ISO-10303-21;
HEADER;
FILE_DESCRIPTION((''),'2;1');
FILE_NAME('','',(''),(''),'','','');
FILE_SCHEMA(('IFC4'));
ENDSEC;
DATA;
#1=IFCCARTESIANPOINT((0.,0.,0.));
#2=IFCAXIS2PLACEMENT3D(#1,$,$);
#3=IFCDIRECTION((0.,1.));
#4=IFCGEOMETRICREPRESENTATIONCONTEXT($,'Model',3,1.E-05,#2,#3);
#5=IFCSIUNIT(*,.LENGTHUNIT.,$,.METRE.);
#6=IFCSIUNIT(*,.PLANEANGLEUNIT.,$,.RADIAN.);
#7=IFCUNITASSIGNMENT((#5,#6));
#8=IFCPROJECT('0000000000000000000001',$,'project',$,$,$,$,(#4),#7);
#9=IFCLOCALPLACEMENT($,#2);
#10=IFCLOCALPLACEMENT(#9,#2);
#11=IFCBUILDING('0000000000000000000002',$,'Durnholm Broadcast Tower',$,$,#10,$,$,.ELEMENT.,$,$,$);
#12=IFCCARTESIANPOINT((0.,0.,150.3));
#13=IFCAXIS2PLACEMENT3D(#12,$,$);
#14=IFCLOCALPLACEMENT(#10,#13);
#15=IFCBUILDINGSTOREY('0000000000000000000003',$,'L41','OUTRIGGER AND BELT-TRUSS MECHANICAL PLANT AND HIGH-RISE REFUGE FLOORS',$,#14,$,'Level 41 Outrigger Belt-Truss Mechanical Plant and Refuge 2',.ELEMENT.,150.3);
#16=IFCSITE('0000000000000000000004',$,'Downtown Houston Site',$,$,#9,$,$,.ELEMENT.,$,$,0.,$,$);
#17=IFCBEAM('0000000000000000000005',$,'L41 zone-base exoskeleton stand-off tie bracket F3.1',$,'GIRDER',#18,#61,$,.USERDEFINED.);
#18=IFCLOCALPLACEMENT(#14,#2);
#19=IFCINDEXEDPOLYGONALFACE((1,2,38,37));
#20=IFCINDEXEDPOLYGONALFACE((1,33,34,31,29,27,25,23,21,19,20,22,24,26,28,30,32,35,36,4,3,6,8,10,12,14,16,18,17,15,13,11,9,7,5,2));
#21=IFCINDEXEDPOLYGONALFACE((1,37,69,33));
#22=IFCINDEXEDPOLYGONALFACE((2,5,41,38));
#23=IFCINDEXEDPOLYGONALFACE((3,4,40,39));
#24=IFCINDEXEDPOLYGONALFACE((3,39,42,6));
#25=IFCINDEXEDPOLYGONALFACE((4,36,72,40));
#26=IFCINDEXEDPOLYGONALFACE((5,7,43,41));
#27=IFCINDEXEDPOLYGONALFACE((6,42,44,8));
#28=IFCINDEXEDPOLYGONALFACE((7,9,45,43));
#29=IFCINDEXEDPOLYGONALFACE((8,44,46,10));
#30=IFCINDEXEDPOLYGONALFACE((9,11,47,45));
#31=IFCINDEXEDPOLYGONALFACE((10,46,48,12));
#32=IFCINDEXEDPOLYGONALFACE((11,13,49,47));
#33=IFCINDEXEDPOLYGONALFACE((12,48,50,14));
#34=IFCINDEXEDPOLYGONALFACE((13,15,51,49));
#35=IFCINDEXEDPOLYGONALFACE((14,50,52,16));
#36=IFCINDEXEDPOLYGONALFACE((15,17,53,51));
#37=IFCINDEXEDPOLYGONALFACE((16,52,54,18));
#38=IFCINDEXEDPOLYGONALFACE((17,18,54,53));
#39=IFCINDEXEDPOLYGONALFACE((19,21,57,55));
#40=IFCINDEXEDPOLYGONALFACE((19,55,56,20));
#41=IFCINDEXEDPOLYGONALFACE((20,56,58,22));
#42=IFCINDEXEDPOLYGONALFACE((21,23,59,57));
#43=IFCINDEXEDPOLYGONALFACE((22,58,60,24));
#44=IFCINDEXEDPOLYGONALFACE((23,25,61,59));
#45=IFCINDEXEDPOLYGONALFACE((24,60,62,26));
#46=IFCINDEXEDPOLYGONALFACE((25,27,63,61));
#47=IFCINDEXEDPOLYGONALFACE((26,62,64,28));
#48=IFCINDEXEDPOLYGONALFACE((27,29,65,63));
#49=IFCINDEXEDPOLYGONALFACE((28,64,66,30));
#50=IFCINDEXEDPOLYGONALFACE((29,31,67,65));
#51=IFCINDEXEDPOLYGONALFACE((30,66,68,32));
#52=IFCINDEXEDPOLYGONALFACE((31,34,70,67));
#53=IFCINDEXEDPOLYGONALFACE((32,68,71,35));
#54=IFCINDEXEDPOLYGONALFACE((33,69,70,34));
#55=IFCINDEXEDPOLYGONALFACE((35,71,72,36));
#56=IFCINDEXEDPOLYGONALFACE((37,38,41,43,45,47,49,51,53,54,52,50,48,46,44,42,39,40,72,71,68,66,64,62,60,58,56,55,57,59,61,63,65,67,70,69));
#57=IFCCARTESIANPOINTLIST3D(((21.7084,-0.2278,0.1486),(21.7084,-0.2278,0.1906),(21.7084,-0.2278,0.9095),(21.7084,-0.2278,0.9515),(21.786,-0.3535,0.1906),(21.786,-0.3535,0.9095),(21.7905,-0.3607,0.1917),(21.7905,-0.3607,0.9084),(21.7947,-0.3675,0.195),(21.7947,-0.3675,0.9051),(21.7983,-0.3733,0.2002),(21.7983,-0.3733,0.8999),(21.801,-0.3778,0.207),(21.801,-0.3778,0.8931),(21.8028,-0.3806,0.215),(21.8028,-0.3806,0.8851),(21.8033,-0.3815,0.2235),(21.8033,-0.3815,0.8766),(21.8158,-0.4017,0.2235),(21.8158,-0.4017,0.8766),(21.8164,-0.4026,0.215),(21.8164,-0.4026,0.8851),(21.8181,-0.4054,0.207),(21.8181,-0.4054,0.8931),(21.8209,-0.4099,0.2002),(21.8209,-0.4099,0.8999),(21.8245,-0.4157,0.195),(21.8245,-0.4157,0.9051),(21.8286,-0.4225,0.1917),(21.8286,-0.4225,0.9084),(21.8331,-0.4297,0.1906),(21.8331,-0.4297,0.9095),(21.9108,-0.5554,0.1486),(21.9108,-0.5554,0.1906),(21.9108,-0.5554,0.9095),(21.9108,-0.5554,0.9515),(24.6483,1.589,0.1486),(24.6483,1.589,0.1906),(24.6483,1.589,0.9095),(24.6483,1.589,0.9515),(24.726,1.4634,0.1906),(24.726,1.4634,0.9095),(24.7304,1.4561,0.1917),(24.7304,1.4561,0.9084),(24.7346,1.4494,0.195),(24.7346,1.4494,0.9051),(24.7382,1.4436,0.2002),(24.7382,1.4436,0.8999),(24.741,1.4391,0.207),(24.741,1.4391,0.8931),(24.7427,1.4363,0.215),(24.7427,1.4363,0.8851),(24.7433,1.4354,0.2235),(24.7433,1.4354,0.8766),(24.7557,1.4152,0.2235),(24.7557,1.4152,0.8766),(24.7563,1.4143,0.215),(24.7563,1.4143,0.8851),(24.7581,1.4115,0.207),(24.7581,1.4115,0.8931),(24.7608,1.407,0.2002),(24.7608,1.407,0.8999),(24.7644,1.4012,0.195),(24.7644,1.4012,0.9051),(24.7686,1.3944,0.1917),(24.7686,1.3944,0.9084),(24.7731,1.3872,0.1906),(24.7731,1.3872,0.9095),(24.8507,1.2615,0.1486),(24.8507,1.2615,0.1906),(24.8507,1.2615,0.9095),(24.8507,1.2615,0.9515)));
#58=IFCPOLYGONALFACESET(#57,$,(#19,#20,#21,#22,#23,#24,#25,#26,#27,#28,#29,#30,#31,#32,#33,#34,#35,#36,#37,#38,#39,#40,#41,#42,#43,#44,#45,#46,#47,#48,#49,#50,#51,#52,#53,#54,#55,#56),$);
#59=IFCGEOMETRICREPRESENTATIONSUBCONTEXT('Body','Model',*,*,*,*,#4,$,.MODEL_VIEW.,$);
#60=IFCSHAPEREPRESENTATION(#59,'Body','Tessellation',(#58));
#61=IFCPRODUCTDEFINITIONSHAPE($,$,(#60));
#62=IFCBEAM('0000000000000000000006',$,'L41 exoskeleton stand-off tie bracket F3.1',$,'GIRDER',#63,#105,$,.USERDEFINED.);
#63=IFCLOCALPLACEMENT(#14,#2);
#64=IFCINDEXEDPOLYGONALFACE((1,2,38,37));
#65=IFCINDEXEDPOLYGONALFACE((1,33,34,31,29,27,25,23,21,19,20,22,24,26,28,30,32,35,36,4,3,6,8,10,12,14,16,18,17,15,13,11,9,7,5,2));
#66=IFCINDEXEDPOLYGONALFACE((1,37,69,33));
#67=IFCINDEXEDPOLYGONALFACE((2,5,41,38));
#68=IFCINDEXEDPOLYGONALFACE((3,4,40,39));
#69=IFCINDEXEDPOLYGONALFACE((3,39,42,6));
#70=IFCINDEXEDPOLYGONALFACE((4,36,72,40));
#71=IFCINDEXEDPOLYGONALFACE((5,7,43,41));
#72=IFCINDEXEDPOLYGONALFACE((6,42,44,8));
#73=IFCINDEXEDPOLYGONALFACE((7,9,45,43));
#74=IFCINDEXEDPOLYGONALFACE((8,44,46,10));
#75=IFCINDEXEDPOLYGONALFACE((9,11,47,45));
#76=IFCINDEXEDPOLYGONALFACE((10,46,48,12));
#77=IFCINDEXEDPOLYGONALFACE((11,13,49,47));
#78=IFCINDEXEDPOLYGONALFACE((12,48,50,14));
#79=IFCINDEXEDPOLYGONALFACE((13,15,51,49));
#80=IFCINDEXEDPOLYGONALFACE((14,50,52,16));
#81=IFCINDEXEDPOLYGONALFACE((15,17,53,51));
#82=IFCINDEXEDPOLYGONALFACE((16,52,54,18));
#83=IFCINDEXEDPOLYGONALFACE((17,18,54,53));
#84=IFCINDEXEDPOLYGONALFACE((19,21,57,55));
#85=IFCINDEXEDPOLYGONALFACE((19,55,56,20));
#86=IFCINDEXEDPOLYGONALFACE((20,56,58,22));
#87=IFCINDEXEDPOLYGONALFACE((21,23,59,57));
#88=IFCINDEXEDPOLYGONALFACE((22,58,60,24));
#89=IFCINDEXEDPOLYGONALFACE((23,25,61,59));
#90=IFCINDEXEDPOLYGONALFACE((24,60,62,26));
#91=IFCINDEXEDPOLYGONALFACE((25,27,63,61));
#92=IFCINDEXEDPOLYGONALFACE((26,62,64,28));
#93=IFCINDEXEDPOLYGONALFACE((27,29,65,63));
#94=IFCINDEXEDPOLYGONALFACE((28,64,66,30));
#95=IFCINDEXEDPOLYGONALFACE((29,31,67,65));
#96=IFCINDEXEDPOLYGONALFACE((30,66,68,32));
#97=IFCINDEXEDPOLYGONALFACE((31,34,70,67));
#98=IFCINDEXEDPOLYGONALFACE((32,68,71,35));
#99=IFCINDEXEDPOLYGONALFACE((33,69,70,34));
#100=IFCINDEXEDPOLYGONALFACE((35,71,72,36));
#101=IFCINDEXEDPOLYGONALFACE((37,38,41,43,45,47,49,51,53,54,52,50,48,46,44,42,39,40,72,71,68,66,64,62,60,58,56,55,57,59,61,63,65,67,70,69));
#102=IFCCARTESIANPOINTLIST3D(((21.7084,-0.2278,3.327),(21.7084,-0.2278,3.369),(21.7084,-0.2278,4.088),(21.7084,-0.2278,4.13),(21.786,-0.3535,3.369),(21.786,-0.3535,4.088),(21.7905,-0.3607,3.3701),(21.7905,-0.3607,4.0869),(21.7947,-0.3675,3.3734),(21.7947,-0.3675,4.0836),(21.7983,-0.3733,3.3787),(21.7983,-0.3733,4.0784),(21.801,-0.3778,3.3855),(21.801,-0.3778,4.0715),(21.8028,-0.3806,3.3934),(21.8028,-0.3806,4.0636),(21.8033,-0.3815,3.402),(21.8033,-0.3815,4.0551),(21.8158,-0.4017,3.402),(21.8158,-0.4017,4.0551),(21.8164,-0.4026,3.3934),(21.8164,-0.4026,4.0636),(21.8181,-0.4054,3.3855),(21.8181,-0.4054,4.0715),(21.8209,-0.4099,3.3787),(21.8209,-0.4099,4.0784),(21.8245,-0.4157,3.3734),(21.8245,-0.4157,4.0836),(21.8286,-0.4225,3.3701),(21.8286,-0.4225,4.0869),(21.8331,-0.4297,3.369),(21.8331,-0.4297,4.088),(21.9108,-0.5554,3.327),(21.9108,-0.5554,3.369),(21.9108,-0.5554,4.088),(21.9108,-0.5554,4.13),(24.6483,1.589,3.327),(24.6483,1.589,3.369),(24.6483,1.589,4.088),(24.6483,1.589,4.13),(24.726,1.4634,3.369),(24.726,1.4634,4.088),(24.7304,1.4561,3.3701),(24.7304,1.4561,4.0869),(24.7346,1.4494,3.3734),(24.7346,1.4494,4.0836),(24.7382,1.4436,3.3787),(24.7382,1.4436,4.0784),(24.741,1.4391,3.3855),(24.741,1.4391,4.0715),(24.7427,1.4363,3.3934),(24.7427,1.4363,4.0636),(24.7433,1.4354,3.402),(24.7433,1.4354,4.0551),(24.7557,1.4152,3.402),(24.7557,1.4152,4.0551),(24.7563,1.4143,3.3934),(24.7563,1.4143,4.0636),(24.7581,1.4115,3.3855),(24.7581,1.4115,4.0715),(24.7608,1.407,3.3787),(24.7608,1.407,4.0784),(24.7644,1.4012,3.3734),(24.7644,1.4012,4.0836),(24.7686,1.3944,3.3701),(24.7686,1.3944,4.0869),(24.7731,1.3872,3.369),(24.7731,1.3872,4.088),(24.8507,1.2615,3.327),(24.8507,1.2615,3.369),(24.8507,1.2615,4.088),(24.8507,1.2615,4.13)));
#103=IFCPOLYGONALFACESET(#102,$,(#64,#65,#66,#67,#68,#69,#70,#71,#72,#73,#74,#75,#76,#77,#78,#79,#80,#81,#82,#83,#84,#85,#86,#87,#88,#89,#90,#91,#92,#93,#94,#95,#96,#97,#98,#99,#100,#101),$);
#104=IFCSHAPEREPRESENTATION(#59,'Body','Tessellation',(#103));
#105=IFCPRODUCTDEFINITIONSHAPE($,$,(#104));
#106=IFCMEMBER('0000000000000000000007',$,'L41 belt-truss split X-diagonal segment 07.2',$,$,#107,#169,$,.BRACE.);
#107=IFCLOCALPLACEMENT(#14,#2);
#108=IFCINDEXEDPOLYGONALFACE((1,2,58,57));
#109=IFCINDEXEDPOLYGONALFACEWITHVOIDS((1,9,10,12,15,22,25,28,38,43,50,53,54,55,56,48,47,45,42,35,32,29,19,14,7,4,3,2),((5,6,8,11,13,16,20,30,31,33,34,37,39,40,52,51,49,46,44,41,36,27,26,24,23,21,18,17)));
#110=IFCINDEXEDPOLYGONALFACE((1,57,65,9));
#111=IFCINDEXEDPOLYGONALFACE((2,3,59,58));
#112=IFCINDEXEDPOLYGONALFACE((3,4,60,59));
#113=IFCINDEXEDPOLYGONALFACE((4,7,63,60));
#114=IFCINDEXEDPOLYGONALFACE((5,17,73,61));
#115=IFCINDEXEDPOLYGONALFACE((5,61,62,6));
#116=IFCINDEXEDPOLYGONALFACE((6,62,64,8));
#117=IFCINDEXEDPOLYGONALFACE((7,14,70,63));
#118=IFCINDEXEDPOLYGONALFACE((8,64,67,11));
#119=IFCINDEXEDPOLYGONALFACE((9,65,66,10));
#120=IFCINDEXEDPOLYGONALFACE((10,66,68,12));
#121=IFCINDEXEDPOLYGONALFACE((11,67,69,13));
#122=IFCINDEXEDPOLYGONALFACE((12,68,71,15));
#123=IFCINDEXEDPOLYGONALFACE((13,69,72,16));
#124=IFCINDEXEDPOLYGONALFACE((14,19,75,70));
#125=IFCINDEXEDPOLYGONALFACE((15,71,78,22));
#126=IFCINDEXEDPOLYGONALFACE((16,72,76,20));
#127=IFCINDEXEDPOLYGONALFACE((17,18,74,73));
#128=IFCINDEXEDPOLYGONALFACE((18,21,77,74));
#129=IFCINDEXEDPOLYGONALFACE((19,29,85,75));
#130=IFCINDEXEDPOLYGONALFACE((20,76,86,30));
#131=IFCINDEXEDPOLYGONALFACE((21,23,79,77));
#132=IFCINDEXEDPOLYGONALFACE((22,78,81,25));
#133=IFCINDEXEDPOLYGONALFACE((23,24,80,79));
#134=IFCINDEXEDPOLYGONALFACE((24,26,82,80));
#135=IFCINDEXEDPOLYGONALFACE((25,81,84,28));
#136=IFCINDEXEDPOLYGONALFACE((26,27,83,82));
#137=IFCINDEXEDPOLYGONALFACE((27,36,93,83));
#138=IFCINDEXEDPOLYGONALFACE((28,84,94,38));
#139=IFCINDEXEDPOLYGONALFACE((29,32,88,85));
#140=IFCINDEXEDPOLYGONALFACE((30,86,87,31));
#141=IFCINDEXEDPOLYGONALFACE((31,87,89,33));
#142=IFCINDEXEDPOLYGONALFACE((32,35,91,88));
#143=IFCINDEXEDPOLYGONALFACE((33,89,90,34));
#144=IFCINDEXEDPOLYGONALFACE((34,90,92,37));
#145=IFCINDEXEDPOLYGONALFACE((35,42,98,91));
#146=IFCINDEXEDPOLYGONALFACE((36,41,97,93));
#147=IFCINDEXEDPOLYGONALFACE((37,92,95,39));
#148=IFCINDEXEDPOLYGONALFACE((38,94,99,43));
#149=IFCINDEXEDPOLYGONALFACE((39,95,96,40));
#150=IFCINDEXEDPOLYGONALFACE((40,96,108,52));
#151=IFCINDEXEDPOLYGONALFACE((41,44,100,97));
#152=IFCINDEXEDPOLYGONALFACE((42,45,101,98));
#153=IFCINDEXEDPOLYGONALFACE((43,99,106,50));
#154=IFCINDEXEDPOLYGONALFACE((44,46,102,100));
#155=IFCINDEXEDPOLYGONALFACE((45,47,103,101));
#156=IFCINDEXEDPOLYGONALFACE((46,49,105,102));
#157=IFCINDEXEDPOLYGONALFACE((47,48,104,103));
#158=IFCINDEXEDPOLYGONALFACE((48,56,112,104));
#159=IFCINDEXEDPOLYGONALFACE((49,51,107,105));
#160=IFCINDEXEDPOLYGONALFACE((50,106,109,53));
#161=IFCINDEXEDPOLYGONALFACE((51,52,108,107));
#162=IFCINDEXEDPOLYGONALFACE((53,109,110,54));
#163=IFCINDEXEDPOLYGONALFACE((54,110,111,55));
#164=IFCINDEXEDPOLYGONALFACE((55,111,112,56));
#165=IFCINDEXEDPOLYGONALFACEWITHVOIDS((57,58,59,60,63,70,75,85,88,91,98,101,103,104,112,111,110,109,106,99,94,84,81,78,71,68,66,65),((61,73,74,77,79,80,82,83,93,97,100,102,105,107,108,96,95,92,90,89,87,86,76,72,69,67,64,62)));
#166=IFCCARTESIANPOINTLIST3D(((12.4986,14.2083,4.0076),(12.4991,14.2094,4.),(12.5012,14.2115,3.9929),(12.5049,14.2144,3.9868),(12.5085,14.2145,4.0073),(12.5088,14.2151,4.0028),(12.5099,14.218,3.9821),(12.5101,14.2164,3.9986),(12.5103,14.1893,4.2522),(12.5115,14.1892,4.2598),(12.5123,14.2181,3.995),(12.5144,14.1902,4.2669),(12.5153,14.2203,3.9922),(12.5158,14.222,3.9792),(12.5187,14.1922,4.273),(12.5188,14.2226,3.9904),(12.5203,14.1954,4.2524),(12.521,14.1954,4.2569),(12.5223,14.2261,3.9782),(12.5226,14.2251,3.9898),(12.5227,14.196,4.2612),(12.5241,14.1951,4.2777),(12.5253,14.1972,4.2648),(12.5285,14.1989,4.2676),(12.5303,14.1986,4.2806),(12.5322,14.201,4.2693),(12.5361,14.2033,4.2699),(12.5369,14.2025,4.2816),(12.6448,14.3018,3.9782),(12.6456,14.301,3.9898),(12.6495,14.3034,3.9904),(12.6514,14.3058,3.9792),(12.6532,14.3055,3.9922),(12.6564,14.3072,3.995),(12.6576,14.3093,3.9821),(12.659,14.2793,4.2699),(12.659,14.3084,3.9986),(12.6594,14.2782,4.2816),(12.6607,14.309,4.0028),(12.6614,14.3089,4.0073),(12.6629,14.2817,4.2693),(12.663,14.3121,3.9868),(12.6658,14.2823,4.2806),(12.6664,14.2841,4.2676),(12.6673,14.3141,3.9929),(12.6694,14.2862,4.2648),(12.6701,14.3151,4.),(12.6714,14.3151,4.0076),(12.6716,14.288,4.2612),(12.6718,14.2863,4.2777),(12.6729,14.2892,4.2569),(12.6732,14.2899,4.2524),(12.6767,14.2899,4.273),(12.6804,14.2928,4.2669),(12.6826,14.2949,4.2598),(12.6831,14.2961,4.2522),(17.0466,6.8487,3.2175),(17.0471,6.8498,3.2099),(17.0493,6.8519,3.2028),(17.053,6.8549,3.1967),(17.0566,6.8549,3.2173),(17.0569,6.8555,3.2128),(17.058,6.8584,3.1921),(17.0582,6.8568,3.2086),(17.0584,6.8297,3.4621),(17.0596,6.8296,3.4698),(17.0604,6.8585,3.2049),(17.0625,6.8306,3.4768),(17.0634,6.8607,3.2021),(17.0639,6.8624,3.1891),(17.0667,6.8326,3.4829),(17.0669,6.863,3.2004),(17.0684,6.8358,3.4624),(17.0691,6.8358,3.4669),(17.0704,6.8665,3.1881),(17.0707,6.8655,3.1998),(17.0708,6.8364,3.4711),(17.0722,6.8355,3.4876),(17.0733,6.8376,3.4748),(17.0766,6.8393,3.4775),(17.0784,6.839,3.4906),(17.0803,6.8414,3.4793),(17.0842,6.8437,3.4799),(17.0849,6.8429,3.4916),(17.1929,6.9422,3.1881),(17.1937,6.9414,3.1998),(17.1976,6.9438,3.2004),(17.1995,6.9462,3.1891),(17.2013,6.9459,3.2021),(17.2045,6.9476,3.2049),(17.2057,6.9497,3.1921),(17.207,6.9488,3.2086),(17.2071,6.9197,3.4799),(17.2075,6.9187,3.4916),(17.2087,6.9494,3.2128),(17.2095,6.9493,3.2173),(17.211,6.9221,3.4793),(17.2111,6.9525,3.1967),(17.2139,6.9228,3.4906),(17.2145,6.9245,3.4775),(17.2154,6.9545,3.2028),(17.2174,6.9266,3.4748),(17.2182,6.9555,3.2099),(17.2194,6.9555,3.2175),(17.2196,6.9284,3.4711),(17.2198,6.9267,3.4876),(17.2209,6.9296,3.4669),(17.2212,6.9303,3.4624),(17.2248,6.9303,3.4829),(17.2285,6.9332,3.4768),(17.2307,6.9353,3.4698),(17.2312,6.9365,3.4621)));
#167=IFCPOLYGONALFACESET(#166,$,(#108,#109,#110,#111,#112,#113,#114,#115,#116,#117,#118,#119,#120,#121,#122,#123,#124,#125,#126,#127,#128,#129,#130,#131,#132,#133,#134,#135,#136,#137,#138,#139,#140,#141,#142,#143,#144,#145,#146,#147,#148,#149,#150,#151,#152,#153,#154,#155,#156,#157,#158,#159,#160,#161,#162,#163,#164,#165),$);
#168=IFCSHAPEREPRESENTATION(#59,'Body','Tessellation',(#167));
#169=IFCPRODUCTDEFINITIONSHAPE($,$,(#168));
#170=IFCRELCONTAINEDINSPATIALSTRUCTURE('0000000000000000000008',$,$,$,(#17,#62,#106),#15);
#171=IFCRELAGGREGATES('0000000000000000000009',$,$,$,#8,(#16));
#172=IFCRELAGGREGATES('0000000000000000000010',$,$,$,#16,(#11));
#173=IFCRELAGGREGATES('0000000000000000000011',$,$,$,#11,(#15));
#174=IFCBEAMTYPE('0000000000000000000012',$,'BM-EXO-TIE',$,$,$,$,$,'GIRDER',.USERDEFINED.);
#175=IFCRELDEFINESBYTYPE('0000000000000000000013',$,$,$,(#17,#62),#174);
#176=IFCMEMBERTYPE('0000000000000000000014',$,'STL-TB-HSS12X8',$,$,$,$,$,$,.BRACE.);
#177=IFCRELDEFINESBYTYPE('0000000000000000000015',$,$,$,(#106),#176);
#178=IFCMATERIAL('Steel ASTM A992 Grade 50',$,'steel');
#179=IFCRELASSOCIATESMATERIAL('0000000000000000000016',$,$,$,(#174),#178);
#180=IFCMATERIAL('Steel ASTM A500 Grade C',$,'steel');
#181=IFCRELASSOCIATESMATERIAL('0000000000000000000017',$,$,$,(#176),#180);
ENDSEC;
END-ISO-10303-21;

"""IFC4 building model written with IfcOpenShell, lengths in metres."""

from ifc_helpers import new_model, si_unit, direction, frame, origin, origin_2d, place, context, subcontext, project, spatial, hollow_rectangle, i_section, extrude, source, transform, mapped, material, material_profile, profile_set, type_object, type_shapes, element, save


model = new_model("IFC4")

# Units and contexts
model_context = context("Model", 3, precision=1e-05, world=origin(), true_north=direction((0.0, 1.0)))
body_context = subcontext(model_context, "Body", "Model", "MODEL_VIEW")
ifc_project = project(units=[si_unit("LENGTHUNIT", "METRE"), si_unit("PLANEANGLEUNIT", "RADIAN")], contexts=[model_context])

# Site, building, storey
site_placement = place(None, origin())
site = spatial("IfcSite", under=ifc_project, at=site_placement, Name="Downtown Houston Site", CompositionType="ELEMENT", RefElevation=0.0)
building_placement = place(site_placement, origin())
building = spatial("IfcBuilding", under=site, at=building_placement, Name="Durnholm Broadcast Tower", CompositionType="ELEMENT")
storey_placement = place(building_placement, frame((0.0, 0.0, 150.3)))
storey = spatial("IfcBuildingStorey", under=building, at=storey_placement, Name="L41", Description="OUTRIGGER AND BELT-TRUSS MECHANICAL PLANT AND HIGH-RISE REFUGE FLOORS", LongName="Level 41 Outrigger Belt-Truss Mechanical Plant and Refuge 2", CompositionType="ELEMENT", Elevation=150.3)

# Beams
ifc_material_1 = material(Name="Steel ASTM A992 Grade 50", Category="steel")
ifc_material_profile_1 = material_profile(ifc_material_1, i_section(OverallWidth=0.385, OverallDepth=0.803, WebThickness=0.0237, FlangeThickness=0.042, FilletRadius=0.033, at=origin_2d()), Name="W30X261")
ifc_profile_set_1 = profile_set([ifc_material_profile_1], Name="Steel ASTM A992 Grade 50")
beam_type = type_object("IfcBeamType", Name="BM-EXO-TIE", ElementType="GIRDER", PredefinedType="USERDEFINED", material=ifc_profile_set_1)
shared_shape_1 = source(origin(), body_context, "Body", "SweptSolid", [
    extrude(i_section(OverallWidth=0.385, OverallDepth=0.803, WebThickness=0.0237, FlangeThickness=0.042, FilletRadius=0.033, at=origin_2d()), origin(), (0.0, 0.0, 1.0), 3.4561),
])
for number, where, z_axis, x_axis, name in (
    (1, (21.8096, -0.3916, 0.55), (0.850662, 0.525712, 0.0), (-0.525712, 0.850662, 0.0), "L41 zone-base exoskeleton stand-off tie bracket F3.1"),
    (2, (21.8096, -0.3916, 3.7285), (0.850662, 0.525712, 0.0), (-0.525712, 0.850662, 0.0), "L41 exoskeleton stand-off tie bracket F3.1"),
):
    element("IfcBeam", number, at=place(storey_placement, frame(where, z_axis=z_axis, x_axis=x_axis)), inside=storey, type_object=beam_type, Name=name, ObjectType="GIRDER", PredefinedType="USERDEFINED", context=body_context, shape_type="MappedRepresentation", body=[
        mapped(shared_shape_1, transform((0.0, 0.0, 0.0), x_axis=(1.0, 0.0, 0.0), y_axis=(0.0, 1.0, 0.0), z_axis=(0.0, 0.0, 1.0), scale=1.0)),
    ])

# Member
ifc_material_2 = material(Name="Steel ASTM A500 Grade C", Category="steel")
ifc_material_profile_2 = material_profile(ifc_material_2, hollow_rectangle(XDim=0.2031, YDim=0.3047, WallThickness=0.0117, InnerFilletRadius=0.0176, OuterFilletRadius=0.0295, at=origin_2d()), Name="HSS12X8X1/2")
ifc_profile_set_2 = profile_set([ifc_material_profile_2], Name="Steel ASTM A500 Grade C")
member_type_1 = type_object("IfcMemberType", Name="STL-TB-HSS12X8", PredefinedType="BRACE", material=ifc_profile_set_2)
shared_shape_2 = source(origin(), body_context, "Body", "SweptSolid", [
    extrude(hollow_rectangle(XDim=0.2031, YDim=0.3047, WallThickness=0.0117, InnerFilletRadius=0.0176, OuterFilletRadius=0.0295, at=origin_2d()), origin(), (0.0, 0.0, 1.0), 8.6875),
])
type_shapes(member_type_1, [shared_shape_2])
member_1_placement = place(storey_placement, frame((17.1389, 6.8926, 3.3398), z_axis=(-0.523519, 0.847147, 0.090939), x_axis=(-0.850671, -0.525698, 0.0)))
element("IfcMember", 3, at=member_1_placement, inside=storey, type_object=member_type_1, Name="L41 belt-truss split X-diagonal segment 07.2", PredefinedType="BRACE", context=body_context, shape_type="MappedRepresentation", body=[
    mapped(shared_shape_2, transform((0.0, 0.0, 0.0), x_axis=(1.0, 0.0, 0.0), y_axis=(0.0, 1.0, 0.0), z_axis=(0.0, 0.0, 1.0), scale=1.0)),
])

save(model, "model.ifc")
